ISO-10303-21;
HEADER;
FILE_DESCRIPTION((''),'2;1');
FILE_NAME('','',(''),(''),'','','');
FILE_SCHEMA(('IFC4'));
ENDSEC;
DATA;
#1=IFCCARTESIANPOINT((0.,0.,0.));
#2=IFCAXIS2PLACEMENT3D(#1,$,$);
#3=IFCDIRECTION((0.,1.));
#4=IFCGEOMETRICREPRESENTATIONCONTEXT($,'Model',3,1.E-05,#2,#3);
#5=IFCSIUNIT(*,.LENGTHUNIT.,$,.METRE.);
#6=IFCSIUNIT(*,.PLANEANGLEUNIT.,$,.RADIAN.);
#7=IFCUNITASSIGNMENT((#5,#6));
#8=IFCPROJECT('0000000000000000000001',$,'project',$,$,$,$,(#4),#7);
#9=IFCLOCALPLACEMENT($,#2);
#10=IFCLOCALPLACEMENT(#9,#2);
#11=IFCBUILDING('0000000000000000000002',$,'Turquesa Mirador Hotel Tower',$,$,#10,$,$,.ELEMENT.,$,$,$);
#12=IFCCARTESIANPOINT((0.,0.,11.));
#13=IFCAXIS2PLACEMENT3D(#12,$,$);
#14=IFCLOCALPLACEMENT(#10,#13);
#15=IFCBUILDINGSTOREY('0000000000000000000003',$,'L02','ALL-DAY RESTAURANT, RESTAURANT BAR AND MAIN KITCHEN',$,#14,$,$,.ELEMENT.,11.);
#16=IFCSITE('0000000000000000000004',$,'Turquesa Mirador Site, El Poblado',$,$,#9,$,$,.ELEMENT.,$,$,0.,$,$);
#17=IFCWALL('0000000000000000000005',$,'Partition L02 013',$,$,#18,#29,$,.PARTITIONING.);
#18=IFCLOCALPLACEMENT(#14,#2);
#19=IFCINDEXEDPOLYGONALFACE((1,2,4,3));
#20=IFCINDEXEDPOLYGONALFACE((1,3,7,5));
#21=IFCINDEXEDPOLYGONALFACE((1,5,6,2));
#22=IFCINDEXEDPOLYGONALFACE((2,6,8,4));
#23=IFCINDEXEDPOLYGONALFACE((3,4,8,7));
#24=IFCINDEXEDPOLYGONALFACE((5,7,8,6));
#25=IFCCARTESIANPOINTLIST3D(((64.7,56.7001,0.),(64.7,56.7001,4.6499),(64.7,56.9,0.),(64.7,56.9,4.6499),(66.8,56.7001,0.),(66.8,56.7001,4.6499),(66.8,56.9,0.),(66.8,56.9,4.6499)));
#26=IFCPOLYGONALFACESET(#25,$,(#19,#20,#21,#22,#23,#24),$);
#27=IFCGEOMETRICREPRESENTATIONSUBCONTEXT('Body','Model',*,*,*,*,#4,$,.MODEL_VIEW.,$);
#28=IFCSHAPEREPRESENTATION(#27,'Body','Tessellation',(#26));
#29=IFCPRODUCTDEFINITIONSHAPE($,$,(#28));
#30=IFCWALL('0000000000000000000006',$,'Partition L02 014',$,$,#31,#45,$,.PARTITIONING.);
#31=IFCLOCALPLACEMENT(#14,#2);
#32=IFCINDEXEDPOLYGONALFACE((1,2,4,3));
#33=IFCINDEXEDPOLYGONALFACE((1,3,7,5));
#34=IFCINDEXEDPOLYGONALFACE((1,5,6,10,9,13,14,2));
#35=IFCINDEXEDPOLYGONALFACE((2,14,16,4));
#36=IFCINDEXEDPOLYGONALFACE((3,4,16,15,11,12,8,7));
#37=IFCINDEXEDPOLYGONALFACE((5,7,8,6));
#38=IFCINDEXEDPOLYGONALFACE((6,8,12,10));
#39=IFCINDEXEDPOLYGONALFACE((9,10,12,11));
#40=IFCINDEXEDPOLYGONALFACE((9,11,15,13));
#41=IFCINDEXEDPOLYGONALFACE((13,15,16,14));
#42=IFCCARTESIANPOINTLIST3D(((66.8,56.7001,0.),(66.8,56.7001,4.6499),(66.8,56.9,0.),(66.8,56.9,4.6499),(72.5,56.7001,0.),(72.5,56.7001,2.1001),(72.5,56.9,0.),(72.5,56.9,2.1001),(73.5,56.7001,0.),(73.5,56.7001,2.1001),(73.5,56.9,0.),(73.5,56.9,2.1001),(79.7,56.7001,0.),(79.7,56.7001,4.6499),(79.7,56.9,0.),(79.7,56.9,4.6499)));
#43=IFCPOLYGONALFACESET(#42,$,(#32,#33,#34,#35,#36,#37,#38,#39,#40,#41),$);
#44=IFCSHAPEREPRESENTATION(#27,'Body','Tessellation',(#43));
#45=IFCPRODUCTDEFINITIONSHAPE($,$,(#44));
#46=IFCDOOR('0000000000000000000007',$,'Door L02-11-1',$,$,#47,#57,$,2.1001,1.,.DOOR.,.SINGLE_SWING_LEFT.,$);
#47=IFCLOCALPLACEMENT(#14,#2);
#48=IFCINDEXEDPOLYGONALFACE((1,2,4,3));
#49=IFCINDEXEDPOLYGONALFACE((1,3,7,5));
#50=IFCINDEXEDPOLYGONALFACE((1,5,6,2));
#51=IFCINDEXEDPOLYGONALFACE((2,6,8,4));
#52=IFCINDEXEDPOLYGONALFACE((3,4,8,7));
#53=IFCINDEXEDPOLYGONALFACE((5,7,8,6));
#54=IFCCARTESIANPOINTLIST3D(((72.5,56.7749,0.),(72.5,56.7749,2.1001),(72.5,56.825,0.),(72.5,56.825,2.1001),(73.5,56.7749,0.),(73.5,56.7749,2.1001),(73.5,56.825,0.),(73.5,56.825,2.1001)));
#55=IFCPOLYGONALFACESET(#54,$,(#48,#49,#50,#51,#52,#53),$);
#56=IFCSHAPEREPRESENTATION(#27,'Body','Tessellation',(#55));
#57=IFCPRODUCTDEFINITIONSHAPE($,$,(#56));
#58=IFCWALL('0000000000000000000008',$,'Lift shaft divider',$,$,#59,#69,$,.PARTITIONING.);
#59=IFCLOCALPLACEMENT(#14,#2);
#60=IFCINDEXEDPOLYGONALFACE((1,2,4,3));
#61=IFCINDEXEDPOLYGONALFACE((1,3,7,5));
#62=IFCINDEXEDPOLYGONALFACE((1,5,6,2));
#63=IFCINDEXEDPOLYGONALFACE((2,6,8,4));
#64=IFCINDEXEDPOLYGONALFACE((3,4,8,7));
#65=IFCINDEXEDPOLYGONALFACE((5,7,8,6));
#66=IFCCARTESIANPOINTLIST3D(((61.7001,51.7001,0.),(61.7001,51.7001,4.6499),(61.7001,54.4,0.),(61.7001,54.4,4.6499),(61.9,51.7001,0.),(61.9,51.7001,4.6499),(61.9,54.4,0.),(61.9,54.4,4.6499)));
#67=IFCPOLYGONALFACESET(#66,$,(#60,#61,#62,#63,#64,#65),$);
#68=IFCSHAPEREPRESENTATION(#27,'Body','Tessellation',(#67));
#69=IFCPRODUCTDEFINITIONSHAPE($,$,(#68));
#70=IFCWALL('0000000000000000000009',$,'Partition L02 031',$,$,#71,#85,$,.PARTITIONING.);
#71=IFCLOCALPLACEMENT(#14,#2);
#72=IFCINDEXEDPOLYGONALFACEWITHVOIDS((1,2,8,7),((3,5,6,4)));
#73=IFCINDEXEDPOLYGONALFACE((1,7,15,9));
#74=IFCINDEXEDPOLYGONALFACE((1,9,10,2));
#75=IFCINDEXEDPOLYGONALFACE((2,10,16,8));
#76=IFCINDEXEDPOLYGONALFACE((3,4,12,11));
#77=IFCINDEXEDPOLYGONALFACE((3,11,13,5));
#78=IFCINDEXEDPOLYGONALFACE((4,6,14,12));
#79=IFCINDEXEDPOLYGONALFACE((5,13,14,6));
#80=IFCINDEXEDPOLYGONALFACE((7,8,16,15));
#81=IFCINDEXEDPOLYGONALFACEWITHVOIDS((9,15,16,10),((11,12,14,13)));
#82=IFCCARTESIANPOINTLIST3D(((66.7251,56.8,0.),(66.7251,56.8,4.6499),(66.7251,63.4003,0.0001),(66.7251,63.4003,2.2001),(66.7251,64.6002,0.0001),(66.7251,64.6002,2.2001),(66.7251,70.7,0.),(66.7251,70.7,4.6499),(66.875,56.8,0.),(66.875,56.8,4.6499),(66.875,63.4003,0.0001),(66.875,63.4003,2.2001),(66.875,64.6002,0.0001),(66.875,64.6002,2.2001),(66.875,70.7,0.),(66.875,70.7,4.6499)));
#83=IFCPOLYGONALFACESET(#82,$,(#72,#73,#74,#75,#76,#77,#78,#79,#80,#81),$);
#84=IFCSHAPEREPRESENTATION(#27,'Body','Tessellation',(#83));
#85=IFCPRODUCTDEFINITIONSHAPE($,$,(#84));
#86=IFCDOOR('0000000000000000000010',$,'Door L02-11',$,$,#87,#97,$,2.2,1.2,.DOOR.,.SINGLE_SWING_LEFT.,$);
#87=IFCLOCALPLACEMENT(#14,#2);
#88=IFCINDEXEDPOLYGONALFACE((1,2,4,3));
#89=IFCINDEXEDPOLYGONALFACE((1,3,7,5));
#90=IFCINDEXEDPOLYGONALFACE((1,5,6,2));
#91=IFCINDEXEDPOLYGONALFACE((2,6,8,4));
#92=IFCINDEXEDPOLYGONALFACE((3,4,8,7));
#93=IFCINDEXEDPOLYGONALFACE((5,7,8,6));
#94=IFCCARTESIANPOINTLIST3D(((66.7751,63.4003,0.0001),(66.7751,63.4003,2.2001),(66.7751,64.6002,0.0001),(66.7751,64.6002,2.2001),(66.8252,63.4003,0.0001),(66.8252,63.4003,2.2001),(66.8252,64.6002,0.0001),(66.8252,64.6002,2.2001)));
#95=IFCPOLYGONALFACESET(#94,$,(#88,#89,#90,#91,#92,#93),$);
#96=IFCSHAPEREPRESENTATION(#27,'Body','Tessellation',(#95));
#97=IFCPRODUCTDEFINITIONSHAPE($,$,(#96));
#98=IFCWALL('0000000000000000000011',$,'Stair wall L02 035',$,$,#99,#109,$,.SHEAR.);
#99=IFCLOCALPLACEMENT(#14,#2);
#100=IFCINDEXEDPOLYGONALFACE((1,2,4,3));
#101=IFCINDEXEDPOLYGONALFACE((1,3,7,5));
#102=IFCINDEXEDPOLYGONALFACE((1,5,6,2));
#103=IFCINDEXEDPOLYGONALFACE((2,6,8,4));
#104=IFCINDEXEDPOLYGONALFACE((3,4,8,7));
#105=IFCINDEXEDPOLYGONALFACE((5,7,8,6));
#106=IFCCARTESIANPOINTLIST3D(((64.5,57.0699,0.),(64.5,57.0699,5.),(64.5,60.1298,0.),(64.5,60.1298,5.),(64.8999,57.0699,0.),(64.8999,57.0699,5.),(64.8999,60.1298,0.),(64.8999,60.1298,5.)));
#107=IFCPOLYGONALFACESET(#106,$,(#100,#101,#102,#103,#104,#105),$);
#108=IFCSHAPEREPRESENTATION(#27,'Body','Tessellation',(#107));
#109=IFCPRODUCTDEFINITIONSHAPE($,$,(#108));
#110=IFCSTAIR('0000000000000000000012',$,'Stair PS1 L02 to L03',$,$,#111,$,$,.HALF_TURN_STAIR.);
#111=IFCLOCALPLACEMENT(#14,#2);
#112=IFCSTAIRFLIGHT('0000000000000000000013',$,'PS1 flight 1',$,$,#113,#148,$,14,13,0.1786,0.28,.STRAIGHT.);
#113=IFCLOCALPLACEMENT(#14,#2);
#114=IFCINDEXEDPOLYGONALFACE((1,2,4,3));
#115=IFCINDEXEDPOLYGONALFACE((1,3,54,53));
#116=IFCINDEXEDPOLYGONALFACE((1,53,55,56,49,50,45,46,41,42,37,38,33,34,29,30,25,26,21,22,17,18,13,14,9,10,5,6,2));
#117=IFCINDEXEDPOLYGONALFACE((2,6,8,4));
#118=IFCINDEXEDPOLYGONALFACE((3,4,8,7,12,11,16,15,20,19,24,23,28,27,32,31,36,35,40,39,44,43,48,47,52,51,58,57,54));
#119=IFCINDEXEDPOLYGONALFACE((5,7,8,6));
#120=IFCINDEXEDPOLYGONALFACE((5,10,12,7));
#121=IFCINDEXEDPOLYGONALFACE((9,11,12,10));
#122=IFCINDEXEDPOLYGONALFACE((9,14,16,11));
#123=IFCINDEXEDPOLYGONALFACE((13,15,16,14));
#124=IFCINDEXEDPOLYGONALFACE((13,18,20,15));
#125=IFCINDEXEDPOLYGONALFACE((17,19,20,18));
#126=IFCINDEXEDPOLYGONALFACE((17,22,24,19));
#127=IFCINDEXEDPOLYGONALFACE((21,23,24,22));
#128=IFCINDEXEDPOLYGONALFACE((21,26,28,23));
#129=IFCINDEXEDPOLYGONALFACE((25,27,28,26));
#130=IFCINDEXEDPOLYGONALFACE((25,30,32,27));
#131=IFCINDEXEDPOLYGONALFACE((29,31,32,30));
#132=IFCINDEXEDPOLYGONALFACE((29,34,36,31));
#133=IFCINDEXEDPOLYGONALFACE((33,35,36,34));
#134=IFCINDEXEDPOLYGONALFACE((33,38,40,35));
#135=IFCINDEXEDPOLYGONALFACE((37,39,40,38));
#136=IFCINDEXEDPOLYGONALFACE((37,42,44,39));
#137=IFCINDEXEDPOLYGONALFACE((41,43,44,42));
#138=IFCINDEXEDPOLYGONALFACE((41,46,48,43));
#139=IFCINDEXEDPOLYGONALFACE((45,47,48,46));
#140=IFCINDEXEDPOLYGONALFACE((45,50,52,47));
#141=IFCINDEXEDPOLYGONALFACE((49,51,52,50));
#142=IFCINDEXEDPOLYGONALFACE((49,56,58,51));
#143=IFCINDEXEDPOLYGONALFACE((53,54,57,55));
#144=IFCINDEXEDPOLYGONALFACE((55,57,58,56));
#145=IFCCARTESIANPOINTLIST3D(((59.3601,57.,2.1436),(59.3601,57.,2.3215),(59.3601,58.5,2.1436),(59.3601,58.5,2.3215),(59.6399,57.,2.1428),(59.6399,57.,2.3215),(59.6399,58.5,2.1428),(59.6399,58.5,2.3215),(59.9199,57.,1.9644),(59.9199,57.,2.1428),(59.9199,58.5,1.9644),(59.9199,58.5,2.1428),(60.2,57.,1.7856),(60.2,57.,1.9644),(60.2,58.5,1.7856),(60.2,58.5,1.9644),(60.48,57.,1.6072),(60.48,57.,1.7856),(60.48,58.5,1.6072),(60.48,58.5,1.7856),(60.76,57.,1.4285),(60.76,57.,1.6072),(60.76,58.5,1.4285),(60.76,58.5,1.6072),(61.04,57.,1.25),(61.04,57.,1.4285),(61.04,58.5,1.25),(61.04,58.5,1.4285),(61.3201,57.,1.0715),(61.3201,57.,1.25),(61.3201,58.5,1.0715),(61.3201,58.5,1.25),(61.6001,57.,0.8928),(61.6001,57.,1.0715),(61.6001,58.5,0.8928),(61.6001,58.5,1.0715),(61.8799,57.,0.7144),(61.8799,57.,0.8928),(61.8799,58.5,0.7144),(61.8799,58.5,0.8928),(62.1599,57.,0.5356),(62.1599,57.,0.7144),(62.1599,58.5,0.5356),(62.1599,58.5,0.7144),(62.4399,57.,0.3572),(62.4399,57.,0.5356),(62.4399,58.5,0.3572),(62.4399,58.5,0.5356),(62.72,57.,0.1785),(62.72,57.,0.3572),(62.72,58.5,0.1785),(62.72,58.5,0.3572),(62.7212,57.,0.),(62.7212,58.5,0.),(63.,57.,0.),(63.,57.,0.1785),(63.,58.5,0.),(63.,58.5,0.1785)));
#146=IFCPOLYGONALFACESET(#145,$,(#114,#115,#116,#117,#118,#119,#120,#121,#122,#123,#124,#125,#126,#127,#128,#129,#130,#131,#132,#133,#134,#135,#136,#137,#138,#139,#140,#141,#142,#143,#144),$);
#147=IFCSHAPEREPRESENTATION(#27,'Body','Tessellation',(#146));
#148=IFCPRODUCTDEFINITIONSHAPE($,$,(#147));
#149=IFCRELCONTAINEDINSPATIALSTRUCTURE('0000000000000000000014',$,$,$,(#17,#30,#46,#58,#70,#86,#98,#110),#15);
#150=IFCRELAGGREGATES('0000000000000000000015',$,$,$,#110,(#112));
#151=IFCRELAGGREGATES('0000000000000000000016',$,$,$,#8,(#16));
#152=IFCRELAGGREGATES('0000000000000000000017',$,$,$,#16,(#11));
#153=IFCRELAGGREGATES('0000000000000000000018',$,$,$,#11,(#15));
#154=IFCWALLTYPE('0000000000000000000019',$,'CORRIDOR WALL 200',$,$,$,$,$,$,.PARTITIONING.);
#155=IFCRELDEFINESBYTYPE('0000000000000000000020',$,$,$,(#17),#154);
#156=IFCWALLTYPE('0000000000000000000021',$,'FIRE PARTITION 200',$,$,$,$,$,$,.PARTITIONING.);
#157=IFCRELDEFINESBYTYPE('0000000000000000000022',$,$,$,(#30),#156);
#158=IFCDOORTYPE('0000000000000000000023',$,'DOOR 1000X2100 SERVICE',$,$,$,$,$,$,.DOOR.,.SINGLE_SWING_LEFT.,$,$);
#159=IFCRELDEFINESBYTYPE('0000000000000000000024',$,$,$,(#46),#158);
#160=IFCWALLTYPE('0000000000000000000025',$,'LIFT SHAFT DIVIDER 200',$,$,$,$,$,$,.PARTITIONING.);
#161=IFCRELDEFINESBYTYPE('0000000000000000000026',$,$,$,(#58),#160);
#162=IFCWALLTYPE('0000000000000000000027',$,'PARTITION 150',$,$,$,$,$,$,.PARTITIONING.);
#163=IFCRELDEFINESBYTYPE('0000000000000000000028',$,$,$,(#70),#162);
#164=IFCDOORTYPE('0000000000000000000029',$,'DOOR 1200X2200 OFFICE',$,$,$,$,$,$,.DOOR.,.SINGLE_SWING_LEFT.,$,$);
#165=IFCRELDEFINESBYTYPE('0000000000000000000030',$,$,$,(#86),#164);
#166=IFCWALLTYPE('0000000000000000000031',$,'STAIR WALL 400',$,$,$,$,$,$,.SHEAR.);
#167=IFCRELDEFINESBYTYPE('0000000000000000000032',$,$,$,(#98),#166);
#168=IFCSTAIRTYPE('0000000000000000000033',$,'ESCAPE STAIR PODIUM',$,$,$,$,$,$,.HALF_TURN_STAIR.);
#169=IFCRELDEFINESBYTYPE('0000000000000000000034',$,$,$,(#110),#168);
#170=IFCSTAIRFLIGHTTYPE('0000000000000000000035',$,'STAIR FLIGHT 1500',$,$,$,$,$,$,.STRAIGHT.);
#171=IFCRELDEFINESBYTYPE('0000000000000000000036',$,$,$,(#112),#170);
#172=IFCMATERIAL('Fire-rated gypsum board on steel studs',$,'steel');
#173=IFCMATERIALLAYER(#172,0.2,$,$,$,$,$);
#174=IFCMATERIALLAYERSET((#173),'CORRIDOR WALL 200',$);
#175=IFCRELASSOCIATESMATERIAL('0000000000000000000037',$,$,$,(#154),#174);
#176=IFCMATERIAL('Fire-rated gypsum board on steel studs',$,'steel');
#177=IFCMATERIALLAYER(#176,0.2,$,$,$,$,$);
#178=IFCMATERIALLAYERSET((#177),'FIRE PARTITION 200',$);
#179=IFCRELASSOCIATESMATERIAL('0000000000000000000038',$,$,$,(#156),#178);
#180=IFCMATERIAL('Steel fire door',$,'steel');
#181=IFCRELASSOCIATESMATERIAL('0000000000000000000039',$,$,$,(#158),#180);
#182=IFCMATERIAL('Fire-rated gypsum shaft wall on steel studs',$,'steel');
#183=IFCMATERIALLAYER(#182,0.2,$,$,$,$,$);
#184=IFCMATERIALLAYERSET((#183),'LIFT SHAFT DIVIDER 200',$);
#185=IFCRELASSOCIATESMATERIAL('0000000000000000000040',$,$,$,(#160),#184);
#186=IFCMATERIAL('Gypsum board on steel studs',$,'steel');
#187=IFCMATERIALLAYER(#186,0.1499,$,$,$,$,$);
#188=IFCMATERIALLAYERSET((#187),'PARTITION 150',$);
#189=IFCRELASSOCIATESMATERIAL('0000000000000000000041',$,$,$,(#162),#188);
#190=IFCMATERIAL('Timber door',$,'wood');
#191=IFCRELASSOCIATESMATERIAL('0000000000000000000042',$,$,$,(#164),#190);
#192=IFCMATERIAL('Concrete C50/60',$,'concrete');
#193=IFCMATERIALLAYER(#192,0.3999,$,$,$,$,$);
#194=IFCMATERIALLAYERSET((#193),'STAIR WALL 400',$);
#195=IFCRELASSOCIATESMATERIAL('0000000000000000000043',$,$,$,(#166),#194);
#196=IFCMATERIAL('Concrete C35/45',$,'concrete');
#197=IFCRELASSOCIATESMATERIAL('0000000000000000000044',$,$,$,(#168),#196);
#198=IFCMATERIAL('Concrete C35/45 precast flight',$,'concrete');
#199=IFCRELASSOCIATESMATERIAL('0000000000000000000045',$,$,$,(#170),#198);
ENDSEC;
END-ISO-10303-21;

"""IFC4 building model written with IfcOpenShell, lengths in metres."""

from ifc_helpers import new_model, si_unit, direction, frame, frame_2d, origin, place, context, subcontext, project, spatial, polyline, rectangle, outline, extrude, material, layer, layer_set, type_object, element, fill, aggregate, save


model = new_model("IFC4")

# Units and contexts
model_context = context("Model", 3, precision=1e-05, world=origin(), true_north=direction((0.0, 1.0)))
body_context = subcontext(model_context, "Body", "Model", "MODEL_VIEW")
ifc_project = project(units=[si_unit("LENGTHUNIT", "METRE"), si_unit("PLANEANGLEUNIT", "RADIAN")], contexts=[model_context])

# Site, building, storey
site_placement = place(None, origin())
site = spatial("IfcSite", under=ifc_project, at=site_placement, Name="Turquesa Mirador Site, El Poblado", CompositionType="ELEMENT", RefElevation=0.0)
building_placement = place(site_placement, origin())
building = spatial("IfcBuilding", under=site, at=building_placement, Name="Turquesa Mirador Hotel Tower", CompositionType="ELEMENT")
storey_placement = place(building_placement, frame((0.0, 0.0, 11.0)))
storey = spatial("IfcBuildingStorey", under=building, at=storey_placement, Name="L02", Description="ALL-DAY RESTAURANT, RESTAURANT BAR AND MAIN KITCHEN", CompositionType="ELEMENT", Elevation=11.0)

# Wall
ifc_material_1 = material(Name="Fire-rated gypsum board on steel studs", Category="steel")
ifc_layer_1 = layer(ifc_material_1, 0.2)
ifc_layer_set_1 = layer_set([ifc_layer_1], Name="CORRIDOR WALL 200")
wall_type_1 = type_object("IfcWallType", Name="CORRIDOR WALL 200", PredefinedType="PARTITIONING", material=ifc_layer_set_1)
wall_1_placement = place(storey_placement, frame((64.7, 56.8, 0.0), z_axis=(0.0, 0.0, 1.0), x_axis=(1.0, 0.0, 0.0)))
element("IfcWall", 1, at=wall_1_placement, inside=storey, type_object=wall_type_1, Name="Partition L02 013", PredefinedType="PARTITIONING", context=body_context, shape_type="SweptSolid", body=[
    extrude(rectangle(XDim=2.1001, YDim=0.2, at=frame_2d((1.05, 0.0))), origin(), (0.0, 0.0, 1.0), 4.6499),
])

# Wall, opening, door
ifc_material_2 = material(Name="Fire-rated gypsum board on steel studs", Category="steel")
ifc_layer_2 = layer(ifc_material_2, 0.2)
ifc_layer_set_2 = layer_set([ifc_layer_2], Name="FIRE PARTITION 200")
wall_type_2 = type_object("IfcWallType", Name="FIRE PARTITION 200", PredefinedType="PARTITIONING", material=ifc_layer_set_2)
wall_2_placement = place(storey_placement, frame((66.8, 56.8, 0.0), z_axis=(0.0, 0.0, 1.0), x_axis=(1.0, 0.0, 0.0)))
wall_2 = element("IfcWall", 2, at=wall_2_placement, inside=storey, type_object=wall_type_2, Name="Partition L02 014", PredefinedType="PARTITIONING", context=body_context, shape_type="SweptSolid", body=[
    extrude(rectangle(XDim=12.8999, YDim=0.2, at=frame_2d((6.45, 0.0))), origin(), (0.0, 0.0, 1.0), 4.6499),
])
opening_1_placement = place(wall_2_placement, frame((5.7, 0.0, 0.0)))
opening_1 = element("IfcOpeningElement", 3, at=opening_1_placement, cuts=wall_2, PredefinedType="OPENING", context=body_context, shape_type="SweptSolid", body=[
    extrude(rectangle(XDim=1.0, YDim=2.1001, at=frame_2d((0.5, 1.05))), frame((0.0, 0.1099, 0.0), z_axis=(0.0, -1.0, 0.0), x_axis=(1.0, 0.0, 0.0)), (0.0, 0.0, 1.0), 0.22),
])
ifc_material_3 = material(Name="Steel fire door", Category="steel")
door_type_1 = type_object("IfcDoorType", Name="DOOR 1000X2100 SERVICE", OperationType="SINGLE_SWING_LEFT", PredefinedType="DOOR", material=ifc_material_3)
door_1_placement = place(opening_1_placement, origin())
door_1 = element("IfcDoor", 4, at=door_1_placement, inside=storey, type_object=door_type_1, Name="Door L02-11-1", OperationType="SINGLE_SWING_LEFT", OverallHeight=2.1001, OverallWidth=1.0, PredefinedType="DOOR", context=body_context, shape_type="SweptSolid", body=[
    extrude(rectangle(XDim=1.0, YDim=2.1001, at=frame_2d((0.5, 1.05))), frame((0.0, 0.0249, 0.0), z_axis=(0.0, -1.0, 0.0), x_axis=(1.0, 0.0, 0.0)), (0.0, 0.0, 1.0), 0.05),
])
fill(opening_1, door_1)

# Wall
ifc_material_4 = material(Name="Fire-rated gypsum shaft wall on steel studs", Category="steel")
ifc_layer_3 = layer(ifc_material_4, 0.2)
ifc_layer_set_3 = layer_set([ifc_layer_3], Name="LIFT SHAFT DIVIDER 200")
wall_type_3 = type_object("IfcWallType", Name="LIFT SHAFT DIVIDER 200", PredefinedType="PARTITIONING", material=ifc_layer_set_3)
wall_3_placement = place(storey_placement, frame((61.8, 51.7, 0.0), z_axis=(0.0, 0.0, 1.0), x_axis=(0.0, 1.0, 0.0)))
element("IfcWall", 5, at=wall_3_placement, inside=storey, type_object=wall_type_3, Name="Lift shaft divider", PredefinedType="PARTITIONING", context=body_context, shape_type="SweptSolid", body=[
    extrude(rectangle(XDim=2.7, YDim=0.2, at=frame_2d((1.3501, 0.0))), origin(), (0.0, 0.0, 1.0), 4.6499),
])

# Wall, opening, door
ifc_material_5 = material(Name="Gypsum board on steel studs", Category="steel")
ifc_layer_4 = layer(ifc_material_5, 0.1499)
ifc_layer_set_4 = layer_set([ifc_layer_4], Name="PARTITION 150")
wall_type_4 = type_object("IfcWallType", Name="PARTITION 150", PredefinedType="PARTITIONING", material=ifc_layer_set_4)
wall_4_placement = place(storey_placement, frame((66.8, 56.8, 0.0), z_axis=(0.0, 0.0, 1.0), x_axis=(0.0, 1.0, 0.0)))
wall_4 = element("IfcWall", 6, at=wall_4_placement, inside=storey, type_object=wall_type_4, Name="Partition L02 031", PredefinedType="PARTITIONING", context=body_context, shape_type="SweptSolid", body=[
    extrude(rectangle(XDim=13.8999, YDim=0.1499, at=frame_2d((6.95, 0.0))), origin(), (0.0, 0.0, 1.0), 4.6499),
])
opening_2_placement = place(wall_4_placement, frame((6.6001, 0.0, 0.0)))
opening_2 = element("IfcOpeningElement", 7, at=opening_2_placement, cuts=wall_4, PredefinedType="OPENING", context=body_context, shape_type="SweptSolid", body=[
    extrude(rectangle(XDim=1.2, YDim=2.2, at=frame_2d((0.6001, 1.1001))), frame((0.0, 0.085, 0.0), z_axis=(0.0, -1.0, 0.0), x_axis=(1.0, 0.0, 0.0)), (0.0, 0.0, 1.0), 0.1699),
])
ifc_material_6 = material(Name="Timber door", Category="wood")
door_type_2 = type_object("IfcDoorType", Name="DOOR 1200X2200 OFFICE", OperationType="SINGLE_SWING_LEFT", PredefinedType="DOOR", material=ifc_material_6)
door_2_placement = place(opening_2_placement, origin())
door_2 = element("IfcDoor", 8, at=door_2_placement, inside=storey, type_object=door_type_2, Name="Door L02-11", OperationType="SINGLE_SWING_LEFT", OverallHeight=2.2, OverallWidth=1.2, PredefinedType="DOOR", context=body_context, shape_type="SweptSolid", body=[
    extrude(rectangle(XDim=1.2, YDim=2.2, at=frame_2d((0.6001, 1.1001))), frame((0.0, 0.0249, 0.0), z_axis=(0.0, -1.0, 0.0), x_axis=(1.0, 0.0, 0.0)), (0.0, 0.0, 1.0), 0.05),
])
fill(opening_2, door_2)

# Wall
ifc_material_7 = material(Name="Concrete C50/60", Category="concrete")
ifc_layer_5 = layer(ifc_material_7, 0.3999)
ifc_layer_set_5 = layer_set([ifc_layer_5], Name="STAIR WALL 400")
wall_type_5 = type_object("IfcWallType", Name="STAIR WALL 400", PredefinedType="SHEAR", material=ifc_layer_set_5)
wall_5_placement = place(storey_placement, frame((64.7, 57.0701, 0.0), z_axis=(0.0, 0.0, 1.0), x_axis=(0.0, 1.0, 0.0)))
element("IfcWall", 9, at=wall_5_placement, inside=storey, type_object=wall_type_5, Name="Stair wall L02 035", PredefinedType="SHEAR", context=body_context, shape_type="SweptSolid", body=[
    extrude(rectangle(XDim=3.0598, YDim=0.3999, at=frame_2d((1.5298, 0.0))), origin(), (0.0, 0.0, 1.0), 5.0),
])

# Stair, stair flight
ifc_material_8 = material(Name="Concrete C35/45", Category="concrete")
stair_type = type_object("IfcStairType", Name="ESCAPE STAIR PODIUM", PredefinedType="HALF_TURN_STAIR", material=ifc_material_8)
stair_placement = place(storey_placement, origin())
stair = element("IfcStair", 10, at=stair_placement, inside=storey, type_object=stair_type, Name="Stair PS1 L02 to L03", PredefinedType="HALF_TURN_STAIR")
ifc_material_9 = material(Name="Concrete C35/45 precast flight", Category="concrete")
stair_flight_type = type_object("IfcStairFlightType", Name="STAIR FLIGHT 1500", PredefinedType="STRAIGHT", material=ifc_material_9)
stair_flight_placement = place(storey_placement, frame((63.0, 57.75, 0.0), z_axis=(0.0, 0.0, 1.0), x_axis=(-1.0, 0.0, 0.0)))
stair_flight = element("IfcStairFlight", 11, at=stair_flight_placement, type_object=stair_flight_type, Name="PS1 flight 1", NumberOfRisers=14, NumberOfTreads=13, PredefinedType="STRAIGHT", RiserHeight=0.1786, TreadLength=0.28, context=body_context, shape_type="SweptSolid", body=[
    extrude(outline(polyline([(0.0, 0.0), (0.0, 0.1785), (0.28, 0.1785), (0.28, 0.3572), (0.5601, 0.3572), (0.5601, 0.5356), (0.8401, 0.5356), (0.8401, 0.7144), (1.1201, 0.7144), (1.1201, 0.8928), (1.3999, 0.8928), (1.3999, 1.0715), (1.6799, 1.0715), (1.6799, 1.25), (1.96, 1.25), (1.96, 1.4285), (2.24, 1.4285), (2.24, 1.6072), (2.52, 1.6072), (2.52, 1.7856), (2.8, 1.7856), (2.8, 1.9644), (3.0801, 1.9644), (3.0801, 2.1428), (3.3601, 2.1428), (3.3601, 2.3215), (3.6399, 2.3215), (3.6399, 2.5), (3.6399, 2.1436), (0.2788, 0.0), (0.0, 0.0)])), frame((0.0, 0.75, 0.0), z_axis=(0.0, -1.0, 0.0), x_axis=(1.0, 0.0, 0.0)), (0.0, 0.0, 1.0), 1.5),
])
aggregate(stair, [stair_flight])

save(model, "model.ifc")
